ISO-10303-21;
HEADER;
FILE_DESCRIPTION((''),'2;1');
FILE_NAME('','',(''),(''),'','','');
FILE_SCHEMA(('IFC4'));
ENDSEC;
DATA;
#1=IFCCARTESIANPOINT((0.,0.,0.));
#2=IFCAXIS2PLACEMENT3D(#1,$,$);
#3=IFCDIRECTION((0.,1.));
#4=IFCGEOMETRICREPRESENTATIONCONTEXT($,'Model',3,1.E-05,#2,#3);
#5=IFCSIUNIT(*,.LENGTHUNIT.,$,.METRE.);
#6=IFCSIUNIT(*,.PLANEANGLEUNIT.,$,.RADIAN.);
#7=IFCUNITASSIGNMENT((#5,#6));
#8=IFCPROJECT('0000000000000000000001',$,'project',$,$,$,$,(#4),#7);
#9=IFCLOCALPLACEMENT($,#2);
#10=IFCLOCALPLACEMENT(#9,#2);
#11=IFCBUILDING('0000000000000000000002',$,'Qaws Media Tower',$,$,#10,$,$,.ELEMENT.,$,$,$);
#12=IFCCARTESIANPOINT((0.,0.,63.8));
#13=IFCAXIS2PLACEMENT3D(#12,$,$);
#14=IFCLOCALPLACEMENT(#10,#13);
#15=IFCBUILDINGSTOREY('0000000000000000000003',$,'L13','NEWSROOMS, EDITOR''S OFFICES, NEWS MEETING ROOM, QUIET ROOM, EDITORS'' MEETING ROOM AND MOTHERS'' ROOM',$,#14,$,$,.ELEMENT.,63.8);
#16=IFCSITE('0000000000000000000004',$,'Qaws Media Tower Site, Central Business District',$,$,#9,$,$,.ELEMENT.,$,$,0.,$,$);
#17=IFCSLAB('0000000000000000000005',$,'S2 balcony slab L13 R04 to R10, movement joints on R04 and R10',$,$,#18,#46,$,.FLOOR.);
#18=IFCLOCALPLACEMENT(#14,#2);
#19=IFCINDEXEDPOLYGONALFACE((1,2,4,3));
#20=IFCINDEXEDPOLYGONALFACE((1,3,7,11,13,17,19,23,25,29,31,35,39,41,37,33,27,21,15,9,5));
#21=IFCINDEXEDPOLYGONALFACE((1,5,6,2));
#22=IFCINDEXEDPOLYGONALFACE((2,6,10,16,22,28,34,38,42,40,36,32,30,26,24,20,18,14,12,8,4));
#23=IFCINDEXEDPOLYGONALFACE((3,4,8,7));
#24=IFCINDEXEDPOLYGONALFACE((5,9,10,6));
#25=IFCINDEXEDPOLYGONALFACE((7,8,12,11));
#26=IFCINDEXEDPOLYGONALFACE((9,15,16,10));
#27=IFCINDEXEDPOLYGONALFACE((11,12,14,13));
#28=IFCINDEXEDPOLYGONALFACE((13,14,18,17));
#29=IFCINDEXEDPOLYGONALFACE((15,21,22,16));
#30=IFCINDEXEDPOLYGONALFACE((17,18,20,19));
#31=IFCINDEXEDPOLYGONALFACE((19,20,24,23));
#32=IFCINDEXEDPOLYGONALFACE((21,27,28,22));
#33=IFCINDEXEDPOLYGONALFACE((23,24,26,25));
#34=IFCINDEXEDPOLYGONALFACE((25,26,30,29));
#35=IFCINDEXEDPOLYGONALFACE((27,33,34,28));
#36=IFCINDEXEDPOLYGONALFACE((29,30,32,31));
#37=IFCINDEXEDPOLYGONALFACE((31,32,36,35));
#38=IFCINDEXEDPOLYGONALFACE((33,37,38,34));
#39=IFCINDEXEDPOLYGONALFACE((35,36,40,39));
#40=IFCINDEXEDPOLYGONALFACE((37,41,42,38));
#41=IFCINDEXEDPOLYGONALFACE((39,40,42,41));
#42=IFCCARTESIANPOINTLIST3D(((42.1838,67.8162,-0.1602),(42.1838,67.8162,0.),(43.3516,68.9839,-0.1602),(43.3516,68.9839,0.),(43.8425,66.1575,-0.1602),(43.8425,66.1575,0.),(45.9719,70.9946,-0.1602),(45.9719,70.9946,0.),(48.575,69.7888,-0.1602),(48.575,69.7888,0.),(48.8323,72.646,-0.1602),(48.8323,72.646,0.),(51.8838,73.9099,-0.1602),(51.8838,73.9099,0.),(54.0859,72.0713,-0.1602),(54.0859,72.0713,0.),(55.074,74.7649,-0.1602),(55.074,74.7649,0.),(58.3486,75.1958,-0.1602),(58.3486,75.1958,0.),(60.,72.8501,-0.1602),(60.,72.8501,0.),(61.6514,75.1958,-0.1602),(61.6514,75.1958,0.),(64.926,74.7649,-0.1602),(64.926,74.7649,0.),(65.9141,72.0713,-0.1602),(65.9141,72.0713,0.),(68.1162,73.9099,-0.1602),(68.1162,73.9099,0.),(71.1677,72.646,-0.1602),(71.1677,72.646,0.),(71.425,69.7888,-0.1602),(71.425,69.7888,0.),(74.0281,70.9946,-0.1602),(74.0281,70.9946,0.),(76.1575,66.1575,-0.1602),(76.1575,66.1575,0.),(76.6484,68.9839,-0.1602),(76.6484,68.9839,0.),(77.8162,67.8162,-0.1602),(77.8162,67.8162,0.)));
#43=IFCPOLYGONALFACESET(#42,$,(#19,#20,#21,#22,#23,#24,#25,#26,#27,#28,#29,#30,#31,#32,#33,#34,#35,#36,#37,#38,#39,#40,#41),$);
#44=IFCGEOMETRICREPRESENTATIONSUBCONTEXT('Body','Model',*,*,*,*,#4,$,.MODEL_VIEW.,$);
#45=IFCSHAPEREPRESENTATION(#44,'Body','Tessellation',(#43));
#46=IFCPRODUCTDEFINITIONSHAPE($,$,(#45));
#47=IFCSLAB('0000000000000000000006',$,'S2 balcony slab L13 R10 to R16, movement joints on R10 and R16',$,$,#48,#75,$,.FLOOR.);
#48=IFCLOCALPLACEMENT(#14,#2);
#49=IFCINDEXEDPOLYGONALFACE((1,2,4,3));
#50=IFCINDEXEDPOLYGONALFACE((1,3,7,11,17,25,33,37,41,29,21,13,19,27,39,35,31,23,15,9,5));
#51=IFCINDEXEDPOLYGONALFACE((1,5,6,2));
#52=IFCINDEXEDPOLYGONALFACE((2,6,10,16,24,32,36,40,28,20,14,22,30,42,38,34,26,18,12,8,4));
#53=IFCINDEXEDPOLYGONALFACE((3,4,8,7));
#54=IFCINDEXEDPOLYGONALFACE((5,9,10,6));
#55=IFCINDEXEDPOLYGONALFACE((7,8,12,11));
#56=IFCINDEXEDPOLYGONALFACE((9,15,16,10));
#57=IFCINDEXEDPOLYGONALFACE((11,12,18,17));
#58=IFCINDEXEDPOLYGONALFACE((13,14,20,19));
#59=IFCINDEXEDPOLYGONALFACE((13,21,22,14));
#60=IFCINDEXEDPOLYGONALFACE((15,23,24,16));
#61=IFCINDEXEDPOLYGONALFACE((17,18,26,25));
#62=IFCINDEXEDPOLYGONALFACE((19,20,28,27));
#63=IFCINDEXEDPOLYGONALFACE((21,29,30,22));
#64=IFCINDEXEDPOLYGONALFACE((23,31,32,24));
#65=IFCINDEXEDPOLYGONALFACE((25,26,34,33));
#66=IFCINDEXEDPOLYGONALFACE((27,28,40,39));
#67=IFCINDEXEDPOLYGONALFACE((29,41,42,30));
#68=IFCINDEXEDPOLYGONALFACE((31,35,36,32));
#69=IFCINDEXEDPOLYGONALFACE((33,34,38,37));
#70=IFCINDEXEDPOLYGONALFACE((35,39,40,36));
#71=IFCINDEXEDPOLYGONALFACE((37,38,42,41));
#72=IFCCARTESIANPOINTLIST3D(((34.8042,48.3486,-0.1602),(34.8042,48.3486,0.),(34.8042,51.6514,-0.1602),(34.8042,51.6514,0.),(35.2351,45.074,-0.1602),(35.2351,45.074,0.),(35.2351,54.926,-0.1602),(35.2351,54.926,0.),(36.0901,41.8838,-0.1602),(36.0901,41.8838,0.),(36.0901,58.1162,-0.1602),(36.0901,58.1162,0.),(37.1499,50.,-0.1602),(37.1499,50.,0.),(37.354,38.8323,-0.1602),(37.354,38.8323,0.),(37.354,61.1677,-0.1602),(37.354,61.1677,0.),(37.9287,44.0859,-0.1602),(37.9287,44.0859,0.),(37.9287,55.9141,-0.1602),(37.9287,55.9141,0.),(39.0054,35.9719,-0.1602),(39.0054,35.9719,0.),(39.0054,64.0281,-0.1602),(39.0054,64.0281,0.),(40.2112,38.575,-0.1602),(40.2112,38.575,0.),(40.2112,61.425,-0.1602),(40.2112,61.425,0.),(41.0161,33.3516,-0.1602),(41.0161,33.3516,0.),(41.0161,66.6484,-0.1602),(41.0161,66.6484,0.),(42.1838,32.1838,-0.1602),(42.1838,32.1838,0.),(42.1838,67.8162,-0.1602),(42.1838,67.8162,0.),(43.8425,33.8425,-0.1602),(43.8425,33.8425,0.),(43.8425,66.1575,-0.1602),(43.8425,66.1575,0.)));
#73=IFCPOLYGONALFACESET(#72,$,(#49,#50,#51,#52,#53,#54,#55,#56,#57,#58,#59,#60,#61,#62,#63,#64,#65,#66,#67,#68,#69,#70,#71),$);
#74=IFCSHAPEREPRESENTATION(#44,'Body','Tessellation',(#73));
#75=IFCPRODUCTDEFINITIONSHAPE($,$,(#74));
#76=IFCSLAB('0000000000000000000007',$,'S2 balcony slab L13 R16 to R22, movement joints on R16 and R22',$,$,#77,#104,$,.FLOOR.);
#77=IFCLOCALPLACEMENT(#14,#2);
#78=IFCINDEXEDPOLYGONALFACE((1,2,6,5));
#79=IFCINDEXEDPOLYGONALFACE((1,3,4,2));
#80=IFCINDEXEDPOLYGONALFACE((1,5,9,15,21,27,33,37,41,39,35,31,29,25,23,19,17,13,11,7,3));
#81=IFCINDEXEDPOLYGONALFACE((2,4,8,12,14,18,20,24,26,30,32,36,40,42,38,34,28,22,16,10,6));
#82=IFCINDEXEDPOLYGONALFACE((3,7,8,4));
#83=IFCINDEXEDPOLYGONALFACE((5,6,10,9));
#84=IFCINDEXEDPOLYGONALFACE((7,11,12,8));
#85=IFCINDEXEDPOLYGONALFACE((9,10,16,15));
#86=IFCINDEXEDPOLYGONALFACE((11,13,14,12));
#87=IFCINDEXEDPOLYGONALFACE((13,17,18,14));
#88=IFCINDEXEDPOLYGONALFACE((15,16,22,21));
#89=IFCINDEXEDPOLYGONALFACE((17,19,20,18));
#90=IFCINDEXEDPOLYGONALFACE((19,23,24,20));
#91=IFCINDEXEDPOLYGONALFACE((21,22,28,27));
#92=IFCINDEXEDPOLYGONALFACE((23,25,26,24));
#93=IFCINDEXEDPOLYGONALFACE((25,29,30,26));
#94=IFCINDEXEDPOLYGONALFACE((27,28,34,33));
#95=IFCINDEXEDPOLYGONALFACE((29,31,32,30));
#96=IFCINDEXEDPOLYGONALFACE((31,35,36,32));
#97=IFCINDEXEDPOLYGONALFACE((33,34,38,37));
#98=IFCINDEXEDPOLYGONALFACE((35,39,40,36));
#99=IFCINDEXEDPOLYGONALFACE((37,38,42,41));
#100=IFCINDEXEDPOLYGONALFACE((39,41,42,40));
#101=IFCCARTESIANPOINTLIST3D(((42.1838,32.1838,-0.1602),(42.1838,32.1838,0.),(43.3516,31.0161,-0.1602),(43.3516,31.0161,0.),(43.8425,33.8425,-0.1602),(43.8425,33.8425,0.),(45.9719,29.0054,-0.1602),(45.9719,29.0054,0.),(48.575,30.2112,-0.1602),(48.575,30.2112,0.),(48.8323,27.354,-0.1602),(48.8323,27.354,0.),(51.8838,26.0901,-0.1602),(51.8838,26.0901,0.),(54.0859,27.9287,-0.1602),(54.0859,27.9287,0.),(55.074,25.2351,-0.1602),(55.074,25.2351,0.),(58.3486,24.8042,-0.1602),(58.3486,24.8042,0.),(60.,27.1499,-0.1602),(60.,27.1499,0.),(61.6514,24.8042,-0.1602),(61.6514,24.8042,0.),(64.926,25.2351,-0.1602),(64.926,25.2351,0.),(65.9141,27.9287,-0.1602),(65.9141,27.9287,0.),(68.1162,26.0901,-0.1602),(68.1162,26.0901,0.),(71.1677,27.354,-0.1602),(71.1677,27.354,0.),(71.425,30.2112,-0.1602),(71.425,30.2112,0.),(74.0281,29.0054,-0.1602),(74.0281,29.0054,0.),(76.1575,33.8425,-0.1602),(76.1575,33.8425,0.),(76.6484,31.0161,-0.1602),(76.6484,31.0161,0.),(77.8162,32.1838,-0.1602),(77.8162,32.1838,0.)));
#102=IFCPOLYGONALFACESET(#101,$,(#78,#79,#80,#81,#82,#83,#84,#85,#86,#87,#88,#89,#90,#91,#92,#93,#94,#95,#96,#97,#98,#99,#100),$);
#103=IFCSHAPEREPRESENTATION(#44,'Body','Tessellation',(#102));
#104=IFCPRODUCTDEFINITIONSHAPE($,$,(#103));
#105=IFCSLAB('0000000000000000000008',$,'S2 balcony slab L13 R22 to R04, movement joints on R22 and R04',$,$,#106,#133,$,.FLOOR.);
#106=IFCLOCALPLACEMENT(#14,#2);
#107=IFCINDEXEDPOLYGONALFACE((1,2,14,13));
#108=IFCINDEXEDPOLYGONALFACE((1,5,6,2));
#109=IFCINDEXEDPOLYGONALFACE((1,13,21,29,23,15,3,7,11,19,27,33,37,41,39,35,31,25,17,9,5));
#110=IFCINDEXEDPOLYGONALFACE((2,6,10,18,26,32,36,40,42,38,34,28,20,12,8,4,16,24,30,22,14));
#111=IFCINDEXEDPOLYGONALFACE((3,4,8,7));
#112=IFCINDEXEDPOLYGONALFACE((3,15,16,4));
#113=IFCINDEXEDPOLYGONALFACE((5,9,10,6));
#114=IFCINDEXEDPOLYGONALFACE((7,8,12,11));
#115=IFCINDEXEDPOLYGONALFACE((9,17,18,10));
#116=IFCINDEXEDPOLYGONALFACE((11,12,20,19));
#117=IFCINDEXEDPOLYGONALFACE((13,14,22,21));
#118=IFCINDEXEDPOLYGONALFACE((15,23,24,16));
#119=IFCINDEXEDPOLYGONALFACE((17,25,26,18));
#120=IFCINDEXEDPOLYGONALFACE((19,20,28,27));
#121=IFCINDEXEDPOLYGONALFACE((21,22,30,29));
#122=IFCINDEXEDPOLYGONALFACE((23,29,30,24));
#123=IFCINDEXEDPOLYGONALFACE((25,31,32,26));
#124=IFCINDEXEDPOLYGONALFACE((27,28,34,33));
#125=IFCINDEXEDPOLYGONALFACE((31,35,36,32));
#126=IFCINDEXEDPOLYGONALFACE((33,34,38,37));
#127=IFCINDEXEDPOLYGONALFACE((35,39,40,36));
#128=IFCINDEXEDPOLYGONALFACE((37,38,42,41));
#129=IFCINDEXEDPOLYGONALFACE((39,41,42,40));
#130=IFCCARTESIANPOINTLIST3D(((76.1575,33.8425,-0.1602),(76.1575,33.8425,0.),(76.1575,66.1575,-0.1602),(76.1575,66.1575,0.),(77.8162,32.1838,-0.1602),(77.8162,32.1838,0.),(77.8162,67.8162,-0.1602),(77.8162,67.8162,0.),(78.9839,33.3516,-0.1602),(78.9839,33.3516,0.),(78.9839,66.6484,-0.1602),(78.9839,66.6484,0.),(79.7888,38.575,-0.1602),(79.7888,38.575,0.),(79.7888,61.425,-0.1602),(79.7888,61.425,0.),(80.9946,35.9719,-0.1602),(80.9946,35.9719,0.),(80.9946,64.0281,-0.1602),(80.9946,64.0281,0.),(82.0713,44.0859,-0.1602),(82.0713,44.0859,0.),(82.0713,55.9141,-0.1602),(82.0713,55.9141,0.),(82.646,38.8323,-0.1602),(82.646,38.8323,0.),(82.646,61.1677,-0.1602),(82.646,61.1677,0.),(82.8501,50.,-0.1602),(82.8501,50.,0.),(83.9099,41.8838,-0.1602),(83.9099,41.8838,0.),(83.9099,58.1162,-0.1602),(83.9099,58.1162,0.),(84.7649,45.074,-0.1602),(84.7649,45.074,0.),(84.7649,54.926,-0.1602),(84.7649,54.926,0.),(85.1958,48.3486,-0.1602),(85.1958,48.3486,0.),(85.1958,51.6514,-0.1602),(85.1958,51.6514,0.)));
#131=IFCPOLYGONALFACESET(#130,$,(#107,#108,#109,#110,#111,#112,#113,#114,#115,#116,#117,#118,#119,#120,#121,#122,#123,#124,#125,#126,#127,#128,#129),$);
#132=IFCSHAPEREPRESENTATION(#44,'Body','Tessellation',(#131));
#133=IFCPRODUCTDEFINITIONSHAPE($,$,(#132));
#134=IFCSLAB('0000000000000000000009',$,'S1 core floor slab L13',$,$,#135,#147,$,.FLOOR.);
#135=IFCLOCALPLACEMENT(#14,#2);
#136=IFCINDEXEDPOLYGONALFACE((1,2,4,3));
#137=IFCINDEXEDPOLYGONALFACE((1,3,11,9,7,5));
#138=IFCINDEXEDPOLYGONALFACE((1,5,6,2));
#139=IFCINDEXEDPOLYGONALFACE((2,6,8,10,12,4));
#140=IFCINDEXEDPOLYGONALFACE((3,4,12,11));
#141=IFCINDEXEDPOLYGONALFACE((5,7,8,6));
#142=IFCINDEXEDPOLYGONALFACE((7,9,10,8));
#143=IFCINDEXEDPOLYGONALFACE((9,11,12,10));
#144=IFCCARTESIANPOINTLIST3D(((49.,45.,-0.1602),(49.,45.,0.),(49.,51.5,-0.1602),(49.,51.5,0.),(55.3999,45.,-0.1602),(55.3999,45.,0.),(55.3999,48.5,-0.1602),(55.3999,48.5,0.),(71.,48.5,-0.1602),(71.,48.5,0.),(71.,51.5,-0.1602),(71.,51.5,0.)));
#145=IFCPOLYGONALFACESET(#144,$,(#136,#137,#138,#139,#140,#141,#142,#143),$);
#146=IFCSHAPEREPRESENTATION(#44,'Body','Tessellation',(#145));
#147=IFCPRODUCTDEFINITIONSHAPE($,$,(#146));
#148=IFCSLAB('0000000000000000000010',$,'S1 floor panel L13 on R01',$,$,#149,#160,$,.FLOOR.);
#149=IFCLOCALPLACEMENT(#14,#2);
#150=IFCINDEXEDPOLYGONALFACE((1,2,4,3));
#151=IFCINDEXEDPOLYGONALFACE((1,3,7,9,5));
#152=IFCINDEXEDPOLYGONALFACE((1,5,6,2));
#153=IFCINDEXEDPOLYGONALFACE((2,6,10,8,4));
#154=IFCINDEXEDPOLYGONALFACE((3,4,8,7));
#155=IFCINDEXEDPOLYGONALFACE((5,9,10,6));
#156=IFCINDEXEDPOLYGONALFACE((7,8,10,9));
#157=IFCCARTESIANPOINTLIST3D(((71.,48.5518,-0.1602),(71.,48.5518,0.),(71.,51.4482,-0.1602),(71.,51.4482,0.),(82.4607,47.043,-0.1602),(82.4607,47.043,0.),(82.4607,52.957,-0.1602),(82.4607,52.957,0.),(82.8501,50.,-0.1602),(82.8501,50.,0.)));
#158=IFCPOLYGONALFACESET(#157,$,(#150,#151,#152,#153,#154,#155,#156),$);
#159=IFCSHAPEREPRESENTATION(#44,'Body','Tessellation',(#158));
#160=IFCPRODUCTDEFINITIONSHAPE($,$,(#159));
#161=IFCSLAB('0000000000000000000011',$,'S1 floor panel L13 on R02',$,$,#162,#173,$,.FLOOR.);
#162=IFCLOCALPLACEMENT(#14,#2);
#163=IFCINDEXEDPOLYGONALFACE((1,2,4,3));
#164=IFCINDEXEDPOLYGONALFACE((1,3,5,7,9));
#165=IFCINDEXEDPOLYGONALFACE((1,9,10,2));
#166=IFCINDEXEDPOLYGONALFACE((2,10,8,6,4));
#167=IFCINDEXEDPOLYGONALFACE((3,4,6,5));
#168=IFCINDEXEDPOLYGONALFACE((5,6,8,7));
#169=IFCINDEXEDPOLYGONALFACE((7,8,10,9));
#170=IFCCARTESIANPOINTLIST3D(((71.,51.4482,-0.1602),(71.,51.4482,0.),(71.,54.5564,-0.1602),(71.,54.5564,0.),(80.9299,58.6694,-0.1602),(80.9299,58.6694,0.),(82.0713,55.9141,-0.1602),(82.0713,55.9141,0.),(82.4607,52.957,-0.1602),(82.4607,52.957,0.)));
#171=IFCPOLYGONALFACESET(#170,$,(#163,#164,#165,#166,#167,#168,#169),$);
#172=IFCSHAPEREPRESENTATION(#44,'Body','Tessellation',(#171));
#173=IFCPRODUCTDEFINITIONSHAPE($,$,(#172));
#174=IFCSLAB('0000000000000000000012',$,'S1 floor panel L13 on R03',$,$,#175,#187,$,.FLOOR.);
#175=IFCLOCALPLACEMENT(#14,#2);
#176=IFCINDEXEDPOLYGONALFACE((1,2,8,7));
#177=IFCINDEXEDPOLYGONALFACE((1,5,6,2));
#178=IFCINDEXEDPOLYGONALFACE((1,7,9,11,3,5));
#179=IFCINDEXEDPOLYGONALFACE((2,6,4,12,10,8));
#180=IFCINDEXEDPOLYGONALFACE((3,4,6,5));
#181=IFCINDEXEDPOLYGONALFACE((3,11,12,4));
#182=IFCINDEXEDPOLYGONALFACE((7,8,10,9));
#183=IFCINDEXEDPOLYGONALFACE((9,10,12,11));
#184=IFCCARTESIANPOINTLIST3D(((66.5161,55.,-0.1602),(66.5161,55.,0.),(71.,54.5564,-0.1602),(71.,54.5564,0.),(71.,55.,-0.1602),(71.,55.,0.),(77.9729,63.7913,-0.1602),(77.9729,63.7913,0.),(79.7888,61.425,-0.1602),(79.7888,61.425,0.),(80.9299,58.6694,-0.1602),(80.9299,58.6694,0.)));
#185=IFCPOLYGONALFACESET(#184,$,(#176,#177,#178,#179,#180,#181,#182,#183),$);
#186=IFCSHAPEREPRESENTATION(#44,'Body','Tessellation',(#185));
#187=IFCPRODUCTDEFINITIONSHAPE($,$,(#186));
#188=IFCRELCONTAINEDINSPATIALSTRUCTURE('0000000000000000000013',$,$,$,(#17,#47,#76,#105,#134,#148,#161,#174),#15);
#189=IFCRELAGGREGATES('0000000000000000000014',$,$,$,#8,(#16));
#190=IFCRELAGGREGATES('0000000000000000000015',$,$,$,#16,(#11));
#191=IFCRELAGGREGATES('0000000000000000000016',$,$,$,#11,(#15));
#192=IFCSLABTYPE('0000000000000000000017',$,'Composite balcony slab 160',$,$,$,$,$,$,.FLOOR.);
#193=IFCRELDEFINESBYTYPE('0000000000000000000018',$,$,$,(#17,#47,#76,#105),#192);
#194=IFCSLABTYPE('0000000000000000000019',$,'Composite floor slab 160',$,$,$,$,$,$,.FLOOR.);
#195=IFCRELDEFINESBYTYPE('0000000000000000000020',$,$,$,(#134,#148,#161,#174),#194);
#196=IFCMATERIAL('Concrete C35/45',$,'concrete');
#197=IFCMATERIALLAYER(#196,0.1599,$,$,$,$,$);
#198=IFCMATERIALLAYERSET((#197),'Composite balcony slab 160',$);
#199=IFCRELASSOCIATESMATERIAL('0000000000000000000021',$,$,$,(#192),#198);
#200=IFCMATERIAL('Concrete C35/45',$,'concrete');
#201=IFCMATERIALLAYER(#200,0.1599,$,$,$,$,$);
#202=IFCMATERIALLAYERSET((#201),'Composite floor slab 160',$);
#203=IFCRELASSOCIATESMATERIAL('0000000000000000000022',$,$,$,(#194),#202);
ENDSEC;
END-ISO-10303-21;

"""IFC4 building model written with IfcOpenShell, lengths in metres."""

from ifc_helpers import new_model, si_unit, direction, frame, origin, place, context, subcontext, project, spatial, polyline, outline, extrude, material, layer, layer_set, type_object, element, save


model = new_model("IFC4")

# Units and contexts
model_context = context("Model", 3, precision=1e-05, world=origin(), true_north=direction((0.0, 1.0)))
body_context = subcontext(model_context, "Body", "Model", "MODEL_VIEW")
ifc_project = project(units=[si_unit("LENGTHUNIT", "METRE"), si_unit("PLANEANGLEUNIT", "RADIAN")], contexts=[model_context])

# Site, building, storey
site_placement = place(None, origin())
site = spatial("IfcSite", under=ifc_project, at=site_placement, Name="Qaws Media Tower Site, Central Business District", CompositionType="ELEMENT", RefElevation=0.0)
building_placement = place(site_placement, origin())
building = spatial("IfcBuilding", under=site, at=building_placement, Name="Qaws Media Tower", CompositionType="ELEMENT")
storey_placement = place(building_placement, frame((0.0, 0.0, 63.8)))
storey = spatial("IfcBuildingStorey", under=building, at=storey_placement, Name="L13", Description="NEWSROOMS, EDITOR'S OFFICES, NEWS MEETING ROOM, QUIET ROOM, EDITORS' MEETING ROOM AND MOTHERS' ROOM", CompositionType="ELEMENT", Elevation=63.8)

# Slabs
ifc_material_1 = material(Name="Concrete C35/45", Category="concrete")
ifc_layer_1 = layer(ifc_material_1, 0.1599)
ifc_layer_set_1 = layer_set([ifc_layer_1], Name="Composite balcony slab 160")
slab_type_1 = type_object("IfcSlabType", Name="Composite balcony slab 160", PredefinedType="FLOOR", material=ifc_layer_set_1)
slab_1_placement = place(storey_placement, frame((0.0, 0.0, -0.1602)))
element("IfcSlab", 1, at=slab_1_placement, inside=storey, type_object=slab_type_1, Name="S2 balcony slab L13 R04 to R10, movement joints on R04 and R10", PredefinedType="FLOOR", context=body_context, shape_type="SweptSolid", body=[
    extrude(outline(polyline([(43.3516, 68.9839), (45.9719, 70.9946), (48.8323, 72.646), (51.8838, 73.9099), (55.074, 74.7649), (58.3486, 75.1958), (61.6514, 75.1958), (64.926, 74.7649), (68.1162, 73.9099), (71.1677, 72.646), (74.0281, 70.9946), (76.6484, 68.9839), (77.8162, 67.8162), (76.1575, 66.1575), (71.425, 69.7888), (65.9141, 72.0713), (60.0, 72.8501), (54.0859, 72.0713), (48.575, 69.7888), (43.8425, 66.1575), (42.1838, 67.8162), (43.3516, 68.9839)])), origin(), (0.0, 0.0, 1.0), 0.1602),
])
slab_2_placement = place(storey_placement, frame((0.0, 0.0, -0.1602)))
element("IfcSlab", 2, at=slab_2_placement, inside=storey, type_object=slab_type_1, Name="S2 balcony slab L13 R10 to R16, movement joints on R10 and R16", PredefinedType="FLOOR", context=body_context, shape_type="SweptSolid", body=[
    extrude(outline(polyline([(41.0161, 33.3516), (39.0054, 35.9719), (37.354, 38.8323), (36.0901, 41.8838), (35.2351, 45.074), (34.8042, 48.3486), (34.8042, 51.6514), (35.2351, 54.926), (36.0901, 58.1162), (37.354, 61.1677), (39.0054, 64.0281), (41.0161, 66.6484), (42.1838, 67.8162), (43.8425, 66.1575), (40.2112, 61.425), (37.9287, 55.9141), (37.1499, 50.0), (37.9287, 44.0859), (40.2112, 38.575), (43.8425, 33.8425), (42.1838, 32.1838), (41.0161, 33.3516)])), origin(), (0.0, 0.0, 1.0), 0.1602),
])
slab_3_placement = place(storey_placement, frame((0.0, 0.0, -0.1602)))
element("IfcSlab", 3, at=slab_3_placement, inside=storey, type_object=slab_type_1, Name="S2 balcony slab L13 R16 to R22, movement joints on R16 and R22", PredefinedType="FLOOR", context=body_context, shape_type="SweptSolid", body=[
    extrude(outline(polyline([(76.6484, 31.0161), (74.0281, 29.0054), (71.1677, 27.354), (68.1162, 26.0901), (64.926, 25.2351), (61.6514, 24.8042), (58.3486, 24.8042), (55.074, 25.2351), (51.8838, 26.0901), (48.8323, 27.354), (45.9719, 29.0054), (43.3516, 31.0161), (42.1838, 32.1838), (43.8425, 33.8425), (48.575, 30.2112), (54.0859, 27.9287), (60.0, 27.1499), (65.9141, 27.9287), (71.425, 30.2112), (76.1575, 33.8425), (77.8162, 32.1838), (76.6484, 31.0161)])), origin(), (0.0, 0.0, 1.0), 0.1602),
])
slab_4_placement = place(storey_placement, frame((0.0, 0.0, -0.1602)))
element("IfcSlab", 4, at=slab_4_placement, inside=storey, type_object=slab_type_1, Name="S2 balcony slab L13 R22 to R04, movement joints on R22 and R04", PredefinedType="FLOOR", context=body_context, shape_type="SweptSolid", body=[
    extrude(outline(polyline([(84.7649, 45.074), (83.9099, 41.8838), (82.646, 38.8323), (80.9946, 35.9719), (78.9839, 33.3516), (77.8162, 32.1838), (76.1575, 33.8425), (79.7888, 38.575), (82.0713, 44.0859), (82.8501, 50.0), (82.0713, 55.9141), (79.7888, 61.425), (76.1575, 66.1575), (77.8162, 67.8162), (78.9839, 66.6484), (80.9946, 64.0281), (82.646, 61.1677), (83.9099, 58.1162), (84.7649, 54.926), (85.1958, 51.6514), (85.1958, 48.3486), (84.7649, 45.074)])), origin(), (0.0, 0.0, 1.0), 0.1602),
])
ifc_material_2 = material(Name="Concrete C35/45", Category="concrete")
ifc_layer_2 = layer(ifc_material_2, 0.1599)
ifc_layer_set_2 = layer_set([ifc_layer_2], Name="Composite floor slab 160")
slab_type_2 = type_object("IfcSlabType", Name="Composite floor slab 160", PredefinedType="FLOOR", material=ifc_layer_set_2)
slab_5_placement = place(storey_placement, frame((0.0, 0.0, -0.1602)))
element("IfcSlab", 5, at=slab_5_placement, inside=storey, type_object=slab_type_2, Name="S1 core floor slab L13", PredefinedType="FLOOR", context=body_context, shape_type="SweptSolid", body=[
    extrude(outline(polyline([(71.0, 51.5), (71.0, 48.5), (55.3999, 48.5), (55.3999, 45.0), (49.0, 45.0), (49.0, 51.5), (71.0, 51.5)])), origin(), (0.0, 0.0, 1.0), 0.1602),
])
slab_6_placement = place(storey_placement, frame((0.0, 0.0, -0.1602)))
element("IfcSlab", 6, at=slab_6_placement, inside=storey, type_object=slab_type_2, Name="S1 floor panel L13 on R01", PredefinedType="FLOOR", context=body_context, shape_type="SweptSolid", body=[
    extrude(outline(polyline([(82.8501, 50.0), (82.4607, 47.043), (71.0, 48.5518), (71.0, 51.4482), (82.4607, 52.957), (82.8501, 50.0)])), origin(), (0.0, 0.0, 1.0), 0.1602),
])
slab_7_placement = place(storey_placement, frame((0.0, 0.0, -0.1602)))
element("IfcSlab", 7, at=slab_7_placement, inside=storey, type_object=slab_type_2, Name="S1 floor panel L13 on R02", PredefinedType="FLOOR", context=body_context, shape_type="SweptSolid", body=[
    extrude(outline(polyline([(82.0713, 55.9141), (82.4607, 52.957), (71.0, 51.4482), (71.0, 54.5564), (80.9299, 58.6694), (82.0713, 55.9141)])), origin(), (0.0, 0.0, 1.0), 0.1602),
])
slab_8_placement = place(storey_placement, frame((0.0, 0.0, -0.1602)))
element("IfcSlab", 8, at=slab_8_placement, inside=storey, type_object=slab_type_2, Name="S1 floor panel L13 on R03", PredefinedType="FLOOR", context=body_context, shape_type="SweptSolid", body=[
    extrude(outline(polyline([(79.7888, 61.425), (80.9299, 58.6694), (71.0, 54.5564), (71.0, 55.0), (66.5161, 55.0), (77.9729, 63.7913), (79.7888, 61.425)])), origin(), (0.0, 0.0, 1.0), 0.1602),
])

save(model, "model.ifc")
